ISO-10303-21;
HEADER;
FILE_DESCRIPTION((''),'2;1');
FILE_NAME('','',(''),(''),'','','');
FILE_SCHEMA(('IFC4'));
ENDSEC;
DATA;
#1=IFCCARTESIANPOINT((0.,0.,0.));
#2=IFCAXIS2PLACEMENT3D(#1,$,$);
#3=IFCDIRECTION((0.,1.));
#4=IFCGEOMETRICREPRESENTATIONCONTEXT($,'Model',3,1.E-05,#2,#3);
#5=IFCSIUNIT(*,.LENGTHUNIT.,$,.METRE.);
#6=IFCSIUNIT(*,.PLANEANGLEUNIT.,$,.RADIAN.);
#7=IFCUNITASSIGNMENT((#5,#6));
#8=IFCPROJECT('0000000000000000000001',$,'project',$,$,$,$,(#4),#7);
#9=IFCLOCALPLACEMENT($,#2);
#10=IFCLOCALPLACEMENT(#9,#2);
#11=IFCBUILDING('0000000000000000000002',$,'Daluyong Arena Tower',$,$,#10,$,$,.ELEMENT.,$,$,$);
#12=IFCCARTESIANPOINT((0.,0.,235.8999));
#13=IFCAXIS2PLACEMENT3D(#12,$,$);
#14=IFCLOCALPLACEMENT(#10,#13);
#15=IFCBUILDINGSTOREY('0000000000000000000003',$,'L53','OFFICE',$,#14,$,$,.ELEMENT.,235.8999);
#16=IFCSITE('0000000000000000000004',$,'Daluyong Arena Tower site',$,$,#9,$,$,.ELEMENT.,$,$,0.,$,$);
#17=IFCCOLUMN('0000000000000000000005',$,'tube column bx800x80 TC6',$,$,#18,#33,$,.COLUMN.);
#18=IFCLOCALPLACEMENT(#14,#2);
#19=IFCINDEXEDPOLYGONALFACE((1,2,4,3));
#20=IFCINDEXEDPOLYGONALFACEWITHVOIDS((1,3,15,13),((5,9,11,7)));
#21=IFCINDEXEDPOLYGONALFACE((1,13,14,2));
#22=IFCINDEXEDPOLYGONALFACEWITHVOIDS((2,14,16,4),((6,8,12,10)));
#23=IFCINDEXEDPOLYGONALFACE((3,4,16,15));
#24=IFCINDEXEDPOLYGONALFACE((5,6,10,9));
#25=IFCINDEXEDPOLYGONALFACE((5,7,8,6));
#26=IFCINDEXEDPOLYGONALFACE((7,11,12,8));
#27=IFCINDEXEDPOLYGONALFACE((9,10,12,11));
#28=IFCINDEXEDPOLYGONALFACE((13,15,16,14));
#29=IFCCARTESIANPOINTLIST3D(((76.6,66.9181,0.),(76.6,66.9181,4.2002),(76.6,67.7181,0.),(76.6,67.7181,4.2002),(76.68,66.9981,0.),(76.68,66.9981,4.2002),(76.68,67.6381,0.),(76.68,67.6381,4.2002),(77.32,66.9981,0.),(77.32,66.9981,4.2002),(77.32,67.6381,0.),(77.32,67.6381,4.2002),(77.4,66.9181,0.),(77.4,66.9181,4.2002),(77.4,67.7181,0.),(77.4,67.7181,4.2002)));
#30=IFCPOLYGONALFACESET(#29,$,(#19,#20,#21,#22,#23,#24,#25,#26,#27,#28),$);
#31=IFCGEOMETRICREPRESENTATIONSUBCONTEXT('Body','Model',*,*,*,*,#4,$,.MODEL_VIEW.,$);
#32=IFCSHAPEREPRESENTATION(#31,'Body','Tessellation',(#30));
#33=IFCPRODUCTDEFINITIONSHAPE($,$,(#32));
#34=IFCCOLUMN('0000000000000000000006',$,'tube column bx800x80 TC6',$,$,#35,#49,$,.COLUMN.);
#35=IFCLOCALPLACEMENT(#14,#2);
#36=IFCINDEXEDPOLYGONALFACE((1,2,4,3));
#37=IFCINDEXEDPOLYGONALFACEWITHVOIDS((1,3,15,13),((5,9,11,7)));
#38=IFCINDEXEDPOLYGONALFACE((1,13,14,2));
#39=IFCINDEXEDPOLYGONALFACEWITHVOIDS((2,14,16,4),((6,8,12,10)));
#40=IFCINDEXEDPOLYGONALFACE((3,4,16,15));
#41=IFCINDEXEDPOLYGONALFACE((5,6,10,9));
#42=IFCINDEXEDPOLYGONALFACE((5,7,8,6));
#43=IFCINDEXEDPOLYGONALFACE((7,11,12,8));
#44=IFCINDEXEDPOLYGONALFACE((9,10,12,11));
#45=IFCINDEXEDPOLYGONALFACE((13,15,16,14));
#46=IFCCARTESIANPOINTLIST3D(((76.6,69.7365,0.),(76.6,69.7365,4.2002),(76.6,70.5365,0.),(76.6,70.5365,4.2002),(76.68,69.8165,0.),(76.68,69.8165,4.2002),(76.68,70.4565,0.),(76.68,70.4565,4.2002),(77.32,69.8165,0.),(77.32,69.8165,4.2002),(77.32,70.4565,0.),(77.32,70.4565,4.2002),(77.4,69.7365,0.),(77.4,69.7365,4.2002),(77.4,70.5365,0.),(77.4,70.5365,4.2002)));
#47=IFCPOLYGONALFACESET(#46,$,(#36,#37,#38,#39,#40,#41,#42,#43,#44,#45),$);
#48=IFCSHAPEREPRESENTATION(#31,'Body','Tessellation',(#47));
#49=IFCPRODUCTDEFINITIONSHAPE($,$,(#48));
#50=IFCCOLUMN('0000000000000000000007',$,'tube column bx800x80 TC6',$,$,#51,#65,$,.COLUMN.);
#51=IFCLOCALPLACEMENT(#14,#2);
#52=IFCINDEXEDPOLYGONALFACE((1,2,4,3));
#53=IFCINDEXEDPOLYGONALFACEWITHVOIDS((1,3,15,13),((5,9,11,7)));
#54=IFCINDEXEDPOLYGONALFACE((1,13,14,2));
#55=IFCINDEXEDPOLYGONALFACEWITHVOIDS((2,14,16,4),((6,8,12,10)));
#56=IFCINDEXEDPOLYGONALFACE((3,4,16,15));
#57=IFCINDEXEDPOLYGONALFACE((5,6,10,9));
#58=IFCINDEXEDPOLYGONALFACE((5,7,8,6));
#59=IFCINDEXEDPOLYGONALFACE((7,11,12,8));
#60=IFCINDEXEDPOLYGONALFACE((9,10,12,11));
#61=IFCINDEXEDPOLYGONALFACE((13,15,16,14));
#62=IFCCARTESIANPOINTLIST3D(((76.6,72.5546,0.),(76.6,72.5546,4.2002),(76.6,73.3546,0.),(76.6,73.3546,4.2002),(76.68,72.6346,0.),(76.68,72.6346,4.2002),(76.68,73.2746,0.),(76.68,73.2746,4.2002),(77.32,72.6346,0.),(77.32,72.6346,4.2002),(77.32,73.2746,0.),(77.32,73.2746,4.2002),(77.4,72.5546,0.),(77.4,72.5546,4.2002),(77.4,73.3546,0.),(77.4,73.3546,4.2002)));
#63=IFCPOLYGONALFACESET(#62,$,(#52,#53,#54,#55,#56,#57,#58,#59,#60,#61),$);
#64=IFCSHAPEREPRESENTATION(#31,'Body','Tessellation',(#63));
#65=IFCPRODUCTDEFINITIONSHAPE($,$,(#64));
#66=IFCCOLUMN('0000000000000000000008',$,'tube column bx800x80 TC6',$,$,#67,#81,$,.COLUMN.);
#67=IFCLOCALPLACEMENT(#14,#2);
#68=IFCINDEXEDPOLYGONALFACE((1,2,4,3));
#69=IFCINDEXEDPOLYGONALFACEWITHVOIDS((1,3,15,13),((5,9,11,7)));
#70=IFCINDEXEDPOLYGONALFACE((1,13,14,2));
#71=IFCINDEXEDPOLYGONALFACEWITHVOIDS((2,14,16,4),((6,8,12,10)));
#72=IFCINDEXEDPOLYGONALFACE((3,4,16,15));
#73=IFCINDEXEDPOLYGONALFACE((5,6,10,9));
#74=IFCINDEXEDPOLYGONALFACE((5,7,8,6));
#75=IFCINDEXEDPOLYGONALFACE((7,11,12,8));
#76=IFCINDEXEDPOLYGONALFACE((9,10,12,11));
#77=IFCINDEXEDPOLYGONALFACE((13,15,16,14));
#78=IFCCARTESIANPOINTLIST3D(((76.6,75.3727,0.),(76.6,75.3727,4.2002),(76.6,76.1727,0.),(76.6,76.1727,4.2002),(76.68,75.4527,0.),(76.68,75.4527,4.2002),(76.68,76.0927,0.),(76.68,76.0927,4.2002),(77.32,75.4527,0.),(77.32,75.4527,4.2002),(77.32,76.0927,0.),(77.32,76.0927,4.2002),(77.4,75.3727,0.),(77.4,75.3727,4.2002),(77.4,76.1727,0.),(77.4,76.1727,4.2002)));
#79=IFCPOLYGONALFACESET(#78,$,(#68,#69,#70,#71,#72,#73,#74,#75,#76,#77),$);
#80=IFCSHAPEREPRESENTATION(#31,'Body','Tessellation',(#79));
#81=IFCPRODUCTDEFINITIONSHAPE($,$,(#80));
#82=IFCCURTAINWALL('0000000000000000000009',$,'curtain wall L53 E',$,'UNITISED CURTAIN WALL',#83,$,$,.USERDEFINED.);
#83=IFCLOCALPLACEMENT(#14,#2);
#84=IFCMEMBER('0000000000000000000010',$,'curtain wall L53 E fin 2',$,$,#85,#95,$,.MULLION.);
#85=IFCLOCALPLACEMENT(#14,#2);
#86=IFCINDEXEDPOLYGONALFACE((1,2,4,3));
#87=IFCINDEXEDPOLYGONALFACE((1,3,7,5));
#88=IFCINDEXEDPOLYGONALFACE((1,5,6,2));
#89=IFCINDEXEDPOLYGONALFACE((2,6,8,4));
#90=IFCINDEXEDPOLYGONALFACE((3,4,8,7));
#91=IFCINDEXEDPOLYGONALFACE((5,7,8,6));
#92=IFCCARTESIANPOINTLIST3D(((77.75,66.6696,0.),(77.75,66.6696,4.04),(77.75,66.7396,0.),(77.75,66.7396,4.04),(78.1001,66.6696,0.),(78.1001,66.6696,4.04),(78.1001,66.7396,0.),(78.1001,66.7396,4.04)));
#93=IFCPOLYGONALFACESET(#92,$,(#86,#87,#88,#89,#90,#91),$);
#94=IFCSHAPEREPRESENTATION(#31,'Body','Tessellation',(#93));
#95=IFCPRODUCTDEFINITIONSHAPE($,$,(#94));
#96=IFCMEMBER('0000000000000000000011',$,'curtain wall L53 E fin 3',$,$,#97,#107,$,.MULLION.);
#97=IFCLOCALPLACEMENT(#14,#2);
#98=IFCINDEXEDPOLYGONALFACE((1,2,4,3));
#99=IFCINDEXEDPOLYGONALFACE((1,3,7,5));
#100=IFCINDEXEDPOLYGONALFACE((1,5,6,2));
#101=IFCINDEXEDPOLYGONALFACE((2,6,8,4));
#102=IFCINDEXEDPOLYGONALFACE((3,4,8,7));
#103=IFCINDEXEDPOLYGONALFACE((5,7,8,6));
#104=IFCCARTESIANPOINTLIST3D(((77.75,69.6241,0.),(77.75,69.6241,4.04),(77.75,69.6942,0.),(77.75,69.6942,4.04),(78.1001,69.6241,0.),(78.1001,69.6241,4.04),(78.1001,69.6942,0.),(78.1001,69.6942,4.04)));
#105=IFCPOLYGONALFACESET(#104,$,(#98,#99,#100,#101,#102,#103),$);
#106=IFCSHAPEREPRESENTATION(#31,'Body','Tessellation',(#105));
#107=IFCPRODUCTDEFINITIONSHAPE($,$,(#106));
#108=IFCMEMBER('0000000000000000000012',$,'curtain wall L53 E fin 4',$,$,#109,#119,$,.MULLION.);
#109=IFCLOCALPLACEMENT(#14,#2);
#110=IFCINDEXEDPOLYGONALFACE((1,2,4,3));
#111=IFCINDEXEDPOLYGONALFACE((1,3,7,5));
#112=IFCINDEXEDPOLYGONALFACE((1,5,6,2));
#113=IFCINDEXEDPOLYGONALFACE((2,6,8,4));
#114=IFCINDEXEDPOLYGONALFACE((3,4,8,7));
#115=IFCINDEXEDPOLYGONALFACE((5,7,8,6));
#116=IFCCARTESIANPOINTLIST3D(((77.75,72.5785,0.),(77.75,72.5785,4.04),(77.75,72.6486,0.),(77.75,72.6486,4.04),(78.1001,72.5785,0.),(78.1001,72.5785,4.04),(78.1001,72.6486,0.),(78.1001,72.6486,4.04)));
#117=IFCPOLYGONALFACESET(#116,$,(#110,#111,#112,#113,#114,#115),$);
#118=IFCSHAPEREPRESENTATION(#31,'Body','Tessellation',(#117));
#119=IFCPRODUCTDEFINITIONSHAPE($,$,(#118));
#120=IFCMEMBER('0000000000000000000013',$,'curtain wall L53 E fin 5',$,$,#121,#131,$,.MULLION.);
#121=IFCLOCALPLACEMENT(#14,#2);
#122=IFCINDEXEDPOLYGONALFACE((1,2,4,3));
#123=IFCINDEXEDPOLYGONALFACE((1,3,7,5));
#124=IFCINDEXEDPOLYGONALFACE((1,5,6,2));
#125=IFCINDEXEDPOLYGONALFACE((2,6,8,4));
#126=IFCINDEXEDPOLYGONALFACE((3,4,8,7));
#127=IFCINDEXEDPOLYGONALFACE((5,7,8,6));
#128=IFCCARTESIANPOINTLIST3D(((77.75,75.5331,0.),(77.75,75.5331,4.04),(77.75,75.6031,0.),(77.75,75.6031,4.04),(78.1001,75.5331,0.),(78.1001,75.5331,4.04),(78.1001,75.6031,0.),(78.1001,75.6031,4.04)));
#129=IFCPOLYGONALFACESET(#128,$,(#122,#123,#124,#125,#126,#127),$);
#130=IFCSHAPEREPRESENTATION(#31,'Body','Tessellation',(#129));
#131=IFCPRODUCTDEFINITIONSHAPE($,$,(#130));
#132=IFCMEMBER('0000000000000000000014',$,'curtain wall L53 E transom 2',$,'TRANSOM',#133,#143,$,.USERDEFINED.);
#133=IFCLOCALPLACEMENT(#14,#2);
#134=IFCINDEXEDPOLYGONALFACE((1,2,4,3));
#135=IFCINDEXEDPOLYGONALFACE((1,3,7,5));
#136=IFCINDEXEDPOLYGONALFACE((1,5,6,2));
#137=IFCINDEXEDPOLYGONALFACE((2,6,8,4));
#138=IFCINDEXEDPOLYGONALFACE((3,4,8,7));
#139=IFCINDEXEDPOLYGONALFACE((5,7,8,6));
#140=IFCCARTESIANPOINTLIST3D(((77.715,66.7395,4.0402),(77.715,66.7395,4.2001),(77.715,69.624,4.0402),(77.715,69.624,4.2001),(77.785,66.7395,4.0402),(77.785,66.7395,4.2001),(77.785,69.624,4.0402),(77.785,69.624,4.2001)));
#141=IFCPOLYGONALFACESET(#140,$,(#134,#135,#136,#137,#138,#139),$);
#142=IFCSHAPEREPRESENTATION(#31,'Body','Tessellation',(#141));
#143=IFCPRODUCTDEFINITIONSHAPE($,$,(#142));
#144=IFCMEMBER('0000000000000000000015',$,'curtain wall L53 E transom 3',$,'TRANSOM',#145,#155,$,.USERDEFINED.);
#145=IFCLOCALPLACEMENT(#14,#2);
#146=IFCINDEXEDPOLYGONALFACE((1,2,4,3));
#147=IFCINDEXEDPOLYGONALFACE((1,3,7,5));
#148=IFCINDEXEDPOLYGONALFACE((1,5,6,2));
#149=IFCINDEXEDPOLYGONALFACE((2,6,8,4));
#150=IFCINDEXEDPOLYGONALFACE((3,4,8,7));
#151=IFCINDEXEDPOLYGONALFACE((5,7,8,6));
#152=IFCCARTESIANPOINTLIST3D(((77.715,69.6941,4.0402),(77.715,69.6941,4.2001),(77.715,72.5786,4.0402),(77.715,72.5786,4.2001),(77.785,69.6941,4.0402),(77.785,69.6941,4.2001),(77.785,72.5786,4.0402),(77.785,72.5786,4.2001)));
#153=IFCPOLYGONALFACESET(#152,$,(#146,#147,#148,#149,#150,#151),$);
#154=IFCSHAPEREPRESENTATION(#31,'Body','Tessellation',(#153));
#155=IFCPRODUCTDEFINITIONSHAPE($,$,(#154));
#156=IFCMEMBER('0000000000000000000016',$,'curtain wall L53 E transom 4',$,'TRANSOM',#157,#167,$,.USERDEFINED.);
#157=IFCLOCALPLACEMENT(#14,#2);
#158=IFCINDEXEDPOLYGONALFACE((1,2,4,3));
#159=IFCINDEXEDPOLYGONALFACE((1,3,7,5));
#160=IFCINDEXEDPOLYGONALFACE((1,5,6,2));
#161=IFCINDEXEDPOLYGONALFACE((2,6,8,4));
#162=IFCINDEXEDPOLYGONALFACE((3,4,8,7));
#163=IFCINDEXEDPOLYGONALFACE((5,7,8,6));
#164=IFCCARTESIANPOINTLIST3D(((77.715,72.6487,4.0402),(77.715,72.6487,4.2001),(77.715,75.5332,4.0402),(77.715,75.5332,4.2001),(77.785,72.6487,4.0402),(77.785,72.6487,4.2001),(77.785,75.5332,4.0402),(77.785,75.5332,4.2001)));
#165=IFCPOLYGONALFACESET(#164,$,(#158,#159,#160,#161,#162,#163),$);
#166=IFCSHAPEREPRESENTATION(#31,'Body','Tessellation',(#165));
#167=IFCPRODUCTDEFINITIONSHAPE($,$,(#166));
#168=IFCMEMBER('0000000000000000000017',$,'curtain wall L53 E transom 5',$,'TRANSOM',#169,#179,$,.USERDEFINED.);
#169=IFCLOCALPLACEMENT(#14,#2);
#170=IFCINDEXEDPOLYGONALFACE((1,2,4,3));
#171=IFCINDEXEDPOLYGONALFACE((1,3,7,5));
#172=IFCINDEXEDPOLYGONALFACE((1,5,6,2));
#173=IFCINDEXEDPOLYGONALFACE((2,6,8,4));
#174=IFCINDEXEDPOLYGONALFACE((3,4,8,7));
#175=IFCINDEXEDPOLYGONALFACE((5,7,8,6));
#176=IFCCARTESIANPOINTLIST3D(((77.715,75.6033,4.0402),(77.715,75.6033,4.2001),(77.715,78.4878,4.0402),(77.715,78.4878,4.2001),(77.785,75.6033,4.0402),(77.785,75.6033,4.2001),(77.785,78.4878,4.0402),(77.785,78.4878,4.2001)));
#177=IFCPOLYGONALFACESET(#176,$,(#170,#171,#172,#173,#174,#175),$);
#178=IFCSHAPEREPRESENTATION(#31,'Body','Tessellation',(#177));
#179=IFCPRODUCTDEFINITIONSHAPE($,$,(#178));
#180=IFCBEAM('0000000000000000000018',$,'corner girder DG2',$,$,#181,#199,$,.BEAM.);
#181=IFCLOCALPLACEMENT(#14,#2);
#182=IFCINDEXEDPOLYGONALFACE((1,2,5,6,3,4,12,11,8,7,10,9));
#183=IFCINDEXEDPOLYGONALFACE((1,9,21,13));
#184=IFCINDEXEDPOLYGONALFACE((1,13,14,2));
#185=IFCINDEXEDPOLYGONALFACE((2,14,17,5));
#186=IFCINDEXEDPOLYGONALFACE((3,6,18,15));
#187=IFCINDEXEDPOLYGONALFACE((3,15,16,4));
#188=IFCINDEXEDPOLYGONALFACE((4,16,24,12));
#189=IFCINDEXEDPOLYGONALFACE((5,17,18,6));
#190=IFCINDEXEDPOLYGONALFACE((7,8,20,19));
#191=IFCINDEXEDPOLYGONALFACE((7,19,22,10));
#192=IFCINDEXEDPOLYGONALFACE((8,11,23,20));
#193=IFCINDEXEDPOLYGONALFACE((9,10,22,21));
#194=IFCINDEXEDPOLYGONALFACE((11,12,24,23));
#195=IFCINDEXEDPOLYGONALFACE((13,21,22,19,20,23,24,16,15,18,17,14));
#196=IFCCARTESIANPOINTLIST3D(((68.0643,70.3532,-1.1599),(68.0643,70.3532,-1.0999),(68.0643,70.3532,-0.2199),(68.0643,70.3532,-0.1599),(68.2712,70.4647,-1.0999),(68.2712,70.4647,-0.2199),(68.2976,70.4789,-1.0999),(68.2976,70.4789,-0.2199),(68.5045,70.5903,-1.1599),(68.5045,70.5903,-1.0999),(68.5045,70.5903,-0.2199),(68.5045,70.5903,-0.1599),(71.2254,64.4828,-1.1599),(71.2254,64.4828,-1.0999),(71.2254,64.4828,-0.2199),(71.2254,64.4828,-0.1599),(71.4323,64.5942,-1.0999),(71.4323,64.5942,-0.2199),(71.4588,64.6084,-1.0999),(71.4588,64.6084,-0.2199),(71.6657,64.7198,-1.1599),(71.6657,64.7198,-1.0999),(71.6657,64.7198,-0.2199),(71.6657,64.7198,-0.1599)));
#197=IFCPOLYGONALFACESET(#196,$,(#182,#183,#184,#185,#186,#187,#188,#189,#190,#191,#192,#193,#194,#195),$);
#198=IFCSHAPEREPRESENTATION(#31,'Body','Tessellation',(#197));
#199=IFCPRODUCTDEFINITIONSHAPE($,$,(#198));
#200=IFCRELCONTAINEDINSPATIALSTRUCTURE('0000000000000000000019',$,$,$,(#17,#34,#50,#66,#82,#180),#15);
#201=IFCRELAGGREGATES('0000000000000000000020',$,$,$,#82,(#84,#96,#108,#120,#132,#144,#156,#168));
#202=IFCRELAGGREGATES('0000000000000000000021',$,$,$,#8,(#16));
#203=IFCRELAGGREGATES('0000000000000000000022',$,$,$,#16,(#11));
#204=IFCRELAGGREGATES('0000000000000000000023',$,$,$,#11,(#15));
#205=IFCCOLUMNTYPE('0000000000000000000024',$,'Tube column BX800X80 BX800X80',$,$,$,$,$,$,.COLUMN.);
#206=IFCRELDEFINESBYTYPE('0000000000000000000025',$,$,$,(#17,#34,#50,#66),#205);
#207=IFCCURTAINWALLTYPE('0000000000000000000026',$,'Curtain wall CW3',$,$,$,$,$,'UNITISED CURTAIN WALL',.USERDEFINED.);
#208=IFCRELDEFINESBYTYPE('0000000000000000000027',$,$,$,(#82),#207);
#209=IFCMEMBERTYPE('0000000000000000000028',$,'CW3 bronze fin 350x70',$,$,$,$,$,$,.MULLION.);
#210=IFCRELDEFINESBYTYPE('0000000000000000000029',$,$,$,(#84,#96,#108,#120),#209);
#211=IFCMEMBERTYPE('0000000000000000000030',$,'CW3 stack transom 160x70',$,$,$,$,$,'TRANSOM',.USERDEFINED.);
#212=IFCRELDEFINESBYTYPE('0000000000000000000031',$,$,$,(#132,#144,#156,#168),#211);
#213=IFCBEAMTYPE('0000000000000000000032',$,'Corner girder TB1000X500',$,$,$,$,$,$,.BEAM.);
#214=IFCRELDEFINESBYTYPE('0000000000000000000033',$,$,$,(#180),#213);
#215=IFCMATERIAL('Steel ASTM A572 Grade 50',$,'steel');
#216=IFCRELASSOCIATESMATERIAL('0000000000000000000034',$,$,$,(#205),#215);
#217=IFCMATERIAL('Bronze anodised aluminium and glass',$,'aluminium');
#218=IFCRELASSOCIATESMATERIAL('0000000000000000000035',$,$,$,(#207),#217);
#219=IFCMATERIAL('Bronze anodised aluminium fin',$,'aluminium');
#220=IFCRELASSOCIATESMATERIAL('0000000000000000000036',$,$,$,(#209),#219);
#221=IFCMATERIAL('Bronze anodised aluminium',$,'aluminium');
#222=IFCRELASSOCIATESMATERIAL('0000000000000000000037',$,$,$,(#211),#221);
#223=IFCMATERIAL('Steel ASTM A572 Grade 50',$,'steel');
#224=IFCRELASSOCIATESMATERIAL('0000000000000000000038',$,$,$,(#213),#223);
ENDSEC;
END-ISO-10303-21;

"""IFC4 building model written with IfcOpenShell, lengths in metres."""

from ifc_helpers import new_model, si_unit, direction, frame, origin, origin_2d, place, context, subcontext, project, spatial, rectangle, hollow_rectangle, i_section, extrude, material, material_profile, profile_set, type_object, element, aggregate, save


model = new_model("IFC4")

# Units and contexts
model_context = context("Model", 3, precision=1e-05, world=origin(), true_north=direction((0.0, 1.0)))
body_context = subcontext(model_context, "Body", "Model", "MODEL_VIEW")
ifc_project = project(units=[si_unit("LENGTHUNIT", "METRE"), si_unit("PLANEANGLEUNIT", "RADIAN")], contexts=[model_context])

# Site, building, storey
site_placement = place(None, origin())
site = spatial("IfcSite", under=ifc_project, at=site_placement, Name="Daluyong Arena Tower site", CompositionType="ELEMENT", RefElevation=0.0)
building_placement = place(site_placement, origin())
building = spatial("IfcBuilding", under=site, at=building_placement, Name="Daluyong Arena Tower", CompositionType="ELEMENT")
storey_placement = place(building_placement, frame((0.0, 0.0, 235.8999)))
storey = spatial("IfcBuildingStorey", under=building, at=storey_placement, Name="L53", Description="OFFICE", CompositionType="ELEMENT", Elevation=235.8999)

# Columns
ifc_material_1 = material(Name="Steel ASTM A572 Grade 50", Category="steel")
ifc_material_profile_1 = material_profile(ifc_material_1, hollow_rectangle(XDim=0.8, YDim=0.8, WallThickness=0.08, at=origin_2d()))
ifc_profile_set_1 = profile_set([ifc_material_profile_1], Name="Steel ASTM A572 Grade 50")
column_type = type_object("IfcColumnType", Name="Tube column BX800X80 BX800X80", PredefinedType="COLUMN", material=ifc_profile_set_1)
for number, where, z_axis, x_axis, name in (
    (1, (77.0, 67.3181, 0.0), (0.0, 0.0, 1.0), (0.0, 1.0, 0.0), "tube column bx800x80 TC6"),
    (2, (77.0, 70.1365, 0.0), (0.0, 0.0, 1.0), (0.0, 1.0, 0.0), "tube column bx800x80 TC6"),
    (3, (77.0, 72.9546, 0.0), (0.0, 0.0, 1.0), (0.0, 1.0, 0.0), "tube column bx800x80 TC6"),
    (4, (77.0, 75.7727, 0.0), (0.0, 0.0, 1.0), (0.0, 1.0, 0.0), "tube column bx800x80 TC6"),
):
    element("IfcColumn", number, at=place(storey_placement, frame(where, z_axis=z_axis, x_axis=x_axis)), inside=storey, type_object=column_type, Name=name, PredefinedType="COLUMN", context=body_context, shape_type="SweptSolid", body=[
        extrude(hollow_rectangle(XDim=0.8, YDim=0.8, WallThickness=0.08, at=origin_2d()), origin(), (0.0, 0.0, 1.0), 4.2002),
    ])

# Curtain wall, members
ifc_material_2 = material(Name="Bronze anodised aluminium and glass", Category="aluminium")
curtain_wall_type = type_object("IfcCurtainWallType", Name="Curtain wall CW3", ElementType="UNITISED CURTAIN WALL", PredefinedType="USERDEFINED", material=ifc_material_2)
curtain_wall_placement = place(storey_placement, origin())
curtain_wall = element("IfcCurtainWall", 5, at=curtain_wall_placement, inside=storey, type_object=curtain_wall_type, Name="curtain wall L53 E", ObjectType="UNITISED CURTAIN WALL", PredefinedType="USERDEFINED")
ifc_material_3 = material(Name="Bronze anodised aluminium fin", Category="aluminium")
ifc_material_profile_2 = material_profile(ifc_material_3, rectangle(XDim=0.3501, YDim=0.0701, at=origin_2d()))
ifc_profile_set_2 = profile_set([ifc_material_profile_2], Name="Bronze anodised aluminium fin")
member_type_1 = type_object("IfcMemberType", Name="CW3 bronze fin 350x70", PredefinedType="MULLION", material=ifc_profile_set_2)
member_1_placement = place(storey_placement, frame((77.925, 66.7046, 0.0), z_axis=(0.0, 0.0, 1.0), x_axis=(-1.0, 0.0, 0.0)))
member_1 = element("IfcMember", 6, at=member_1_placement, type_object=member_type_1, Name="curtain wall L53 E fin 2", PredefinedType="MULLION", context=body_context, shape_type="SweptSolid", body=[
    extrude(rectangle(XDim=0.3501, YDim=0.0701, at=origin_2d()), origin(), (0.0, 0.0, 1.0), 4.04),
])
member_2_placement = place(storey_placement, frame((77.925, 69.6592, 0.0), z_axis=(0.0, 0.0, 1.0), x_axis=(-1.0, 0.0, 0.0)))
member_2 = element("IfcMember", 7, at=member_2_placement, type_object=member_type_1, Name="curtain wall L53 E fin 3", PredefinedType="MULLION", context=body_context, shape_type="SweptSolid", body=[
    extrude(rectangle(XDim=0.3501, YDim=0.0701, at=origin_2d()), origin(), (0.0, 0.0, 1.0), 4.04),
])
member_3_placement = place(storey_placement, frame((77.925, 72.6135, 0.0), z_axis=(0.0, 0.0, 1.0), x_axis=(-1.0, 0.0, 0.0)))
member_3 = element("IfcMember", 8, at=member_3_placement, type_object=member_type_1, Name="curtain wall L53 E fin 4", PredefinedType="MULLION", context=body_context, shape_type="SweptSolid", body=[
    extrude(rectangle(XDim=0.3501, YDim=0.0701, at=origin_2d()), origin(), (0.0, 0.0, 1.0), 4.04),
])
member_4_placement = place(storey_placement, frame((77.925, 75.5681, 0.0), z_axis=(0.0, 0.0, 1.0), x_axis=(-1.0, 0.0, 0.0)))
member_4 = element("IfcMember", 9, at=member_4_placement, type_object=member_type_1, Name="curtain wall L53 E fin 5", PredefinedType="MULLION", context=body_context, shape_type="SweptSolid", body=[
    extrude(rectangle(XDim=0.3501, YDim=0.0701, at=origin_2d()), origin(), (0.0, 0.0, 1.0), 4.04),
])
ifc_material_4 = material(Name="Bronze anodised aluminium", Category="aluminium")
ifc_material_profile_3 = material_profile(ifc_material_4, rectangle(XDim=0.0701, YDim=0.1599, at=origin_2d()))
ifc_profile_set_3 = profile_set([ifc_material_profile_3], Name="Bronze anodised aluminium")
member_type_2 = type_object("IfcMemberType", Name="CW3 stack transom 160x70", ElementType="TRANSOM", PredefinedType="USERDEFINED", material=ifc_profile_set_3)
member_5_placement = place(storey_placement, frame((77.75, 66.7395, 4.1201), z_axis=(0.0, 1.0, 0.0), x_axis=(-1.0, 0.0, 0.0)))
member_5 = element("IfcMember", 10, at=member_5_placement, type_object=member_type_2, Name="curtain wall L53 E transom 2", ObjectType="TRANSOM", PredefinedType="USERDEFINED", context=body_context, shape_type="SweptSolid", body=[
    extrude(rectangle(XDim=0.0701, YDim=0.1599, at=origin_2d()), origin(), (0.0, 0.0, 1.0), 2.8845),
])
member_6_placement = place(storey_placement, frame((77.75, 69.6941, 4.1201), z_axis=(0.0, 1.0, 0.0), x_axis=(-1.0, 0.0, 0.0)))
member_6 = element("IfcMember", 11, at=member_6_placement, type_object=member_type_2, Name="curtain wall L53 E transom 3", ObjectType="TRANSOM", PredefinedType="USERDEFINED", context=body_context, shape_type="SweptSolid", body=[
    extrude(rectangle(XDim=0.0701, YDim=0.1599, at=origin_2d()), origin(), (0.0, 0.0, 1.0), 2.8845),
])
member_7_placement = place(storey_placement, frame((77.75, 72.6487, 4.1201), z_axis=(0.0, 1.0, 0.0), x_axis=(-1.0, 0.0, 0.0)))
member_7 = element("IfcMember", 12, at=member_7_placement, type_object=member_type_2, Name="curtain wall L53 E transom 4", ObjectType="TRANSOM", PredefinedType="USERDEFINED", context=body_context, shape_type="SweptSolid", body=[
    extrude(rectangle(XDim=0.0701, YDim=0.1599, at=origin_2d()), origin(), (0.0, 0.0, 1.0), 2.8845),
])
member_8_placement = place(storey_placement, frame((77.75, 75.6033, 4.1201), z_axis=(0.0, 1.0, 0.0), x_axis=(-1.0, 0.0, 0.0)))
member_8 = element("IfcMember", 13, at=member_8_placement, type_object=member_type_2, Name="curtain wall L53 E transom 5", ObjectType="TRANSOM", PredefinedType="USERDEFINED", context=body_context, shape_type="SweptSolid", body=[
    extrude(rectangle(XDim=0.0701, YDim=0.1599, at=origin_2d()), origin(), (0.0, 0.0, 1.0), 2.8845),
])

# Beam
ifc_material_5 = material(Name="Steel ASTM A572 Grade 50", Category="steel")
ifc_material_profile_4 = material_profile(ifc_material_5, i_section(OverallWidth=0.5, OverallDepth=1.0, WebThickness=0.03, FlangeThickness=0.06, at=origin_2d()))
ifc_profile_set_4 = profile_set([ifc_material_profile_4], Name="Steel ASTM A572 Grade 50")
beam_type_1 = type_object("IfcBeamType", Name="Corner girder TB1000X500", PredefinedType="BEAM", material=ifc_profile_set_4)
beam_1_placement = place(storey_placement, frame((71.4456, 64.6013, -0.6599), z_axis=(-0.474119, 0.880461, 0.0), x_axis=(-0.880461, -0.474119, 0.0)))
element("IfcBeam", 14, at=beam_1_placement, inside=storey, type_object=beam_type_1, Name="corner girder DG2", PredefinedType="BEAM", context=body_context, shape_type="SweptSolid", body=[
    extrude(i_section(OverallWidth=0.5, OverallDepth=1.0, WebThickness=0.03, FlangeThickness=0.06, at=origin_2d()), origin(), (0.0, 0.0, 1.0), 6.6675),
])

aggregate(curtain_wall, [member_1, member_2, member_3, member_4, member_5, member_6, member_7, member_8])

save(model, "model.ifc")
